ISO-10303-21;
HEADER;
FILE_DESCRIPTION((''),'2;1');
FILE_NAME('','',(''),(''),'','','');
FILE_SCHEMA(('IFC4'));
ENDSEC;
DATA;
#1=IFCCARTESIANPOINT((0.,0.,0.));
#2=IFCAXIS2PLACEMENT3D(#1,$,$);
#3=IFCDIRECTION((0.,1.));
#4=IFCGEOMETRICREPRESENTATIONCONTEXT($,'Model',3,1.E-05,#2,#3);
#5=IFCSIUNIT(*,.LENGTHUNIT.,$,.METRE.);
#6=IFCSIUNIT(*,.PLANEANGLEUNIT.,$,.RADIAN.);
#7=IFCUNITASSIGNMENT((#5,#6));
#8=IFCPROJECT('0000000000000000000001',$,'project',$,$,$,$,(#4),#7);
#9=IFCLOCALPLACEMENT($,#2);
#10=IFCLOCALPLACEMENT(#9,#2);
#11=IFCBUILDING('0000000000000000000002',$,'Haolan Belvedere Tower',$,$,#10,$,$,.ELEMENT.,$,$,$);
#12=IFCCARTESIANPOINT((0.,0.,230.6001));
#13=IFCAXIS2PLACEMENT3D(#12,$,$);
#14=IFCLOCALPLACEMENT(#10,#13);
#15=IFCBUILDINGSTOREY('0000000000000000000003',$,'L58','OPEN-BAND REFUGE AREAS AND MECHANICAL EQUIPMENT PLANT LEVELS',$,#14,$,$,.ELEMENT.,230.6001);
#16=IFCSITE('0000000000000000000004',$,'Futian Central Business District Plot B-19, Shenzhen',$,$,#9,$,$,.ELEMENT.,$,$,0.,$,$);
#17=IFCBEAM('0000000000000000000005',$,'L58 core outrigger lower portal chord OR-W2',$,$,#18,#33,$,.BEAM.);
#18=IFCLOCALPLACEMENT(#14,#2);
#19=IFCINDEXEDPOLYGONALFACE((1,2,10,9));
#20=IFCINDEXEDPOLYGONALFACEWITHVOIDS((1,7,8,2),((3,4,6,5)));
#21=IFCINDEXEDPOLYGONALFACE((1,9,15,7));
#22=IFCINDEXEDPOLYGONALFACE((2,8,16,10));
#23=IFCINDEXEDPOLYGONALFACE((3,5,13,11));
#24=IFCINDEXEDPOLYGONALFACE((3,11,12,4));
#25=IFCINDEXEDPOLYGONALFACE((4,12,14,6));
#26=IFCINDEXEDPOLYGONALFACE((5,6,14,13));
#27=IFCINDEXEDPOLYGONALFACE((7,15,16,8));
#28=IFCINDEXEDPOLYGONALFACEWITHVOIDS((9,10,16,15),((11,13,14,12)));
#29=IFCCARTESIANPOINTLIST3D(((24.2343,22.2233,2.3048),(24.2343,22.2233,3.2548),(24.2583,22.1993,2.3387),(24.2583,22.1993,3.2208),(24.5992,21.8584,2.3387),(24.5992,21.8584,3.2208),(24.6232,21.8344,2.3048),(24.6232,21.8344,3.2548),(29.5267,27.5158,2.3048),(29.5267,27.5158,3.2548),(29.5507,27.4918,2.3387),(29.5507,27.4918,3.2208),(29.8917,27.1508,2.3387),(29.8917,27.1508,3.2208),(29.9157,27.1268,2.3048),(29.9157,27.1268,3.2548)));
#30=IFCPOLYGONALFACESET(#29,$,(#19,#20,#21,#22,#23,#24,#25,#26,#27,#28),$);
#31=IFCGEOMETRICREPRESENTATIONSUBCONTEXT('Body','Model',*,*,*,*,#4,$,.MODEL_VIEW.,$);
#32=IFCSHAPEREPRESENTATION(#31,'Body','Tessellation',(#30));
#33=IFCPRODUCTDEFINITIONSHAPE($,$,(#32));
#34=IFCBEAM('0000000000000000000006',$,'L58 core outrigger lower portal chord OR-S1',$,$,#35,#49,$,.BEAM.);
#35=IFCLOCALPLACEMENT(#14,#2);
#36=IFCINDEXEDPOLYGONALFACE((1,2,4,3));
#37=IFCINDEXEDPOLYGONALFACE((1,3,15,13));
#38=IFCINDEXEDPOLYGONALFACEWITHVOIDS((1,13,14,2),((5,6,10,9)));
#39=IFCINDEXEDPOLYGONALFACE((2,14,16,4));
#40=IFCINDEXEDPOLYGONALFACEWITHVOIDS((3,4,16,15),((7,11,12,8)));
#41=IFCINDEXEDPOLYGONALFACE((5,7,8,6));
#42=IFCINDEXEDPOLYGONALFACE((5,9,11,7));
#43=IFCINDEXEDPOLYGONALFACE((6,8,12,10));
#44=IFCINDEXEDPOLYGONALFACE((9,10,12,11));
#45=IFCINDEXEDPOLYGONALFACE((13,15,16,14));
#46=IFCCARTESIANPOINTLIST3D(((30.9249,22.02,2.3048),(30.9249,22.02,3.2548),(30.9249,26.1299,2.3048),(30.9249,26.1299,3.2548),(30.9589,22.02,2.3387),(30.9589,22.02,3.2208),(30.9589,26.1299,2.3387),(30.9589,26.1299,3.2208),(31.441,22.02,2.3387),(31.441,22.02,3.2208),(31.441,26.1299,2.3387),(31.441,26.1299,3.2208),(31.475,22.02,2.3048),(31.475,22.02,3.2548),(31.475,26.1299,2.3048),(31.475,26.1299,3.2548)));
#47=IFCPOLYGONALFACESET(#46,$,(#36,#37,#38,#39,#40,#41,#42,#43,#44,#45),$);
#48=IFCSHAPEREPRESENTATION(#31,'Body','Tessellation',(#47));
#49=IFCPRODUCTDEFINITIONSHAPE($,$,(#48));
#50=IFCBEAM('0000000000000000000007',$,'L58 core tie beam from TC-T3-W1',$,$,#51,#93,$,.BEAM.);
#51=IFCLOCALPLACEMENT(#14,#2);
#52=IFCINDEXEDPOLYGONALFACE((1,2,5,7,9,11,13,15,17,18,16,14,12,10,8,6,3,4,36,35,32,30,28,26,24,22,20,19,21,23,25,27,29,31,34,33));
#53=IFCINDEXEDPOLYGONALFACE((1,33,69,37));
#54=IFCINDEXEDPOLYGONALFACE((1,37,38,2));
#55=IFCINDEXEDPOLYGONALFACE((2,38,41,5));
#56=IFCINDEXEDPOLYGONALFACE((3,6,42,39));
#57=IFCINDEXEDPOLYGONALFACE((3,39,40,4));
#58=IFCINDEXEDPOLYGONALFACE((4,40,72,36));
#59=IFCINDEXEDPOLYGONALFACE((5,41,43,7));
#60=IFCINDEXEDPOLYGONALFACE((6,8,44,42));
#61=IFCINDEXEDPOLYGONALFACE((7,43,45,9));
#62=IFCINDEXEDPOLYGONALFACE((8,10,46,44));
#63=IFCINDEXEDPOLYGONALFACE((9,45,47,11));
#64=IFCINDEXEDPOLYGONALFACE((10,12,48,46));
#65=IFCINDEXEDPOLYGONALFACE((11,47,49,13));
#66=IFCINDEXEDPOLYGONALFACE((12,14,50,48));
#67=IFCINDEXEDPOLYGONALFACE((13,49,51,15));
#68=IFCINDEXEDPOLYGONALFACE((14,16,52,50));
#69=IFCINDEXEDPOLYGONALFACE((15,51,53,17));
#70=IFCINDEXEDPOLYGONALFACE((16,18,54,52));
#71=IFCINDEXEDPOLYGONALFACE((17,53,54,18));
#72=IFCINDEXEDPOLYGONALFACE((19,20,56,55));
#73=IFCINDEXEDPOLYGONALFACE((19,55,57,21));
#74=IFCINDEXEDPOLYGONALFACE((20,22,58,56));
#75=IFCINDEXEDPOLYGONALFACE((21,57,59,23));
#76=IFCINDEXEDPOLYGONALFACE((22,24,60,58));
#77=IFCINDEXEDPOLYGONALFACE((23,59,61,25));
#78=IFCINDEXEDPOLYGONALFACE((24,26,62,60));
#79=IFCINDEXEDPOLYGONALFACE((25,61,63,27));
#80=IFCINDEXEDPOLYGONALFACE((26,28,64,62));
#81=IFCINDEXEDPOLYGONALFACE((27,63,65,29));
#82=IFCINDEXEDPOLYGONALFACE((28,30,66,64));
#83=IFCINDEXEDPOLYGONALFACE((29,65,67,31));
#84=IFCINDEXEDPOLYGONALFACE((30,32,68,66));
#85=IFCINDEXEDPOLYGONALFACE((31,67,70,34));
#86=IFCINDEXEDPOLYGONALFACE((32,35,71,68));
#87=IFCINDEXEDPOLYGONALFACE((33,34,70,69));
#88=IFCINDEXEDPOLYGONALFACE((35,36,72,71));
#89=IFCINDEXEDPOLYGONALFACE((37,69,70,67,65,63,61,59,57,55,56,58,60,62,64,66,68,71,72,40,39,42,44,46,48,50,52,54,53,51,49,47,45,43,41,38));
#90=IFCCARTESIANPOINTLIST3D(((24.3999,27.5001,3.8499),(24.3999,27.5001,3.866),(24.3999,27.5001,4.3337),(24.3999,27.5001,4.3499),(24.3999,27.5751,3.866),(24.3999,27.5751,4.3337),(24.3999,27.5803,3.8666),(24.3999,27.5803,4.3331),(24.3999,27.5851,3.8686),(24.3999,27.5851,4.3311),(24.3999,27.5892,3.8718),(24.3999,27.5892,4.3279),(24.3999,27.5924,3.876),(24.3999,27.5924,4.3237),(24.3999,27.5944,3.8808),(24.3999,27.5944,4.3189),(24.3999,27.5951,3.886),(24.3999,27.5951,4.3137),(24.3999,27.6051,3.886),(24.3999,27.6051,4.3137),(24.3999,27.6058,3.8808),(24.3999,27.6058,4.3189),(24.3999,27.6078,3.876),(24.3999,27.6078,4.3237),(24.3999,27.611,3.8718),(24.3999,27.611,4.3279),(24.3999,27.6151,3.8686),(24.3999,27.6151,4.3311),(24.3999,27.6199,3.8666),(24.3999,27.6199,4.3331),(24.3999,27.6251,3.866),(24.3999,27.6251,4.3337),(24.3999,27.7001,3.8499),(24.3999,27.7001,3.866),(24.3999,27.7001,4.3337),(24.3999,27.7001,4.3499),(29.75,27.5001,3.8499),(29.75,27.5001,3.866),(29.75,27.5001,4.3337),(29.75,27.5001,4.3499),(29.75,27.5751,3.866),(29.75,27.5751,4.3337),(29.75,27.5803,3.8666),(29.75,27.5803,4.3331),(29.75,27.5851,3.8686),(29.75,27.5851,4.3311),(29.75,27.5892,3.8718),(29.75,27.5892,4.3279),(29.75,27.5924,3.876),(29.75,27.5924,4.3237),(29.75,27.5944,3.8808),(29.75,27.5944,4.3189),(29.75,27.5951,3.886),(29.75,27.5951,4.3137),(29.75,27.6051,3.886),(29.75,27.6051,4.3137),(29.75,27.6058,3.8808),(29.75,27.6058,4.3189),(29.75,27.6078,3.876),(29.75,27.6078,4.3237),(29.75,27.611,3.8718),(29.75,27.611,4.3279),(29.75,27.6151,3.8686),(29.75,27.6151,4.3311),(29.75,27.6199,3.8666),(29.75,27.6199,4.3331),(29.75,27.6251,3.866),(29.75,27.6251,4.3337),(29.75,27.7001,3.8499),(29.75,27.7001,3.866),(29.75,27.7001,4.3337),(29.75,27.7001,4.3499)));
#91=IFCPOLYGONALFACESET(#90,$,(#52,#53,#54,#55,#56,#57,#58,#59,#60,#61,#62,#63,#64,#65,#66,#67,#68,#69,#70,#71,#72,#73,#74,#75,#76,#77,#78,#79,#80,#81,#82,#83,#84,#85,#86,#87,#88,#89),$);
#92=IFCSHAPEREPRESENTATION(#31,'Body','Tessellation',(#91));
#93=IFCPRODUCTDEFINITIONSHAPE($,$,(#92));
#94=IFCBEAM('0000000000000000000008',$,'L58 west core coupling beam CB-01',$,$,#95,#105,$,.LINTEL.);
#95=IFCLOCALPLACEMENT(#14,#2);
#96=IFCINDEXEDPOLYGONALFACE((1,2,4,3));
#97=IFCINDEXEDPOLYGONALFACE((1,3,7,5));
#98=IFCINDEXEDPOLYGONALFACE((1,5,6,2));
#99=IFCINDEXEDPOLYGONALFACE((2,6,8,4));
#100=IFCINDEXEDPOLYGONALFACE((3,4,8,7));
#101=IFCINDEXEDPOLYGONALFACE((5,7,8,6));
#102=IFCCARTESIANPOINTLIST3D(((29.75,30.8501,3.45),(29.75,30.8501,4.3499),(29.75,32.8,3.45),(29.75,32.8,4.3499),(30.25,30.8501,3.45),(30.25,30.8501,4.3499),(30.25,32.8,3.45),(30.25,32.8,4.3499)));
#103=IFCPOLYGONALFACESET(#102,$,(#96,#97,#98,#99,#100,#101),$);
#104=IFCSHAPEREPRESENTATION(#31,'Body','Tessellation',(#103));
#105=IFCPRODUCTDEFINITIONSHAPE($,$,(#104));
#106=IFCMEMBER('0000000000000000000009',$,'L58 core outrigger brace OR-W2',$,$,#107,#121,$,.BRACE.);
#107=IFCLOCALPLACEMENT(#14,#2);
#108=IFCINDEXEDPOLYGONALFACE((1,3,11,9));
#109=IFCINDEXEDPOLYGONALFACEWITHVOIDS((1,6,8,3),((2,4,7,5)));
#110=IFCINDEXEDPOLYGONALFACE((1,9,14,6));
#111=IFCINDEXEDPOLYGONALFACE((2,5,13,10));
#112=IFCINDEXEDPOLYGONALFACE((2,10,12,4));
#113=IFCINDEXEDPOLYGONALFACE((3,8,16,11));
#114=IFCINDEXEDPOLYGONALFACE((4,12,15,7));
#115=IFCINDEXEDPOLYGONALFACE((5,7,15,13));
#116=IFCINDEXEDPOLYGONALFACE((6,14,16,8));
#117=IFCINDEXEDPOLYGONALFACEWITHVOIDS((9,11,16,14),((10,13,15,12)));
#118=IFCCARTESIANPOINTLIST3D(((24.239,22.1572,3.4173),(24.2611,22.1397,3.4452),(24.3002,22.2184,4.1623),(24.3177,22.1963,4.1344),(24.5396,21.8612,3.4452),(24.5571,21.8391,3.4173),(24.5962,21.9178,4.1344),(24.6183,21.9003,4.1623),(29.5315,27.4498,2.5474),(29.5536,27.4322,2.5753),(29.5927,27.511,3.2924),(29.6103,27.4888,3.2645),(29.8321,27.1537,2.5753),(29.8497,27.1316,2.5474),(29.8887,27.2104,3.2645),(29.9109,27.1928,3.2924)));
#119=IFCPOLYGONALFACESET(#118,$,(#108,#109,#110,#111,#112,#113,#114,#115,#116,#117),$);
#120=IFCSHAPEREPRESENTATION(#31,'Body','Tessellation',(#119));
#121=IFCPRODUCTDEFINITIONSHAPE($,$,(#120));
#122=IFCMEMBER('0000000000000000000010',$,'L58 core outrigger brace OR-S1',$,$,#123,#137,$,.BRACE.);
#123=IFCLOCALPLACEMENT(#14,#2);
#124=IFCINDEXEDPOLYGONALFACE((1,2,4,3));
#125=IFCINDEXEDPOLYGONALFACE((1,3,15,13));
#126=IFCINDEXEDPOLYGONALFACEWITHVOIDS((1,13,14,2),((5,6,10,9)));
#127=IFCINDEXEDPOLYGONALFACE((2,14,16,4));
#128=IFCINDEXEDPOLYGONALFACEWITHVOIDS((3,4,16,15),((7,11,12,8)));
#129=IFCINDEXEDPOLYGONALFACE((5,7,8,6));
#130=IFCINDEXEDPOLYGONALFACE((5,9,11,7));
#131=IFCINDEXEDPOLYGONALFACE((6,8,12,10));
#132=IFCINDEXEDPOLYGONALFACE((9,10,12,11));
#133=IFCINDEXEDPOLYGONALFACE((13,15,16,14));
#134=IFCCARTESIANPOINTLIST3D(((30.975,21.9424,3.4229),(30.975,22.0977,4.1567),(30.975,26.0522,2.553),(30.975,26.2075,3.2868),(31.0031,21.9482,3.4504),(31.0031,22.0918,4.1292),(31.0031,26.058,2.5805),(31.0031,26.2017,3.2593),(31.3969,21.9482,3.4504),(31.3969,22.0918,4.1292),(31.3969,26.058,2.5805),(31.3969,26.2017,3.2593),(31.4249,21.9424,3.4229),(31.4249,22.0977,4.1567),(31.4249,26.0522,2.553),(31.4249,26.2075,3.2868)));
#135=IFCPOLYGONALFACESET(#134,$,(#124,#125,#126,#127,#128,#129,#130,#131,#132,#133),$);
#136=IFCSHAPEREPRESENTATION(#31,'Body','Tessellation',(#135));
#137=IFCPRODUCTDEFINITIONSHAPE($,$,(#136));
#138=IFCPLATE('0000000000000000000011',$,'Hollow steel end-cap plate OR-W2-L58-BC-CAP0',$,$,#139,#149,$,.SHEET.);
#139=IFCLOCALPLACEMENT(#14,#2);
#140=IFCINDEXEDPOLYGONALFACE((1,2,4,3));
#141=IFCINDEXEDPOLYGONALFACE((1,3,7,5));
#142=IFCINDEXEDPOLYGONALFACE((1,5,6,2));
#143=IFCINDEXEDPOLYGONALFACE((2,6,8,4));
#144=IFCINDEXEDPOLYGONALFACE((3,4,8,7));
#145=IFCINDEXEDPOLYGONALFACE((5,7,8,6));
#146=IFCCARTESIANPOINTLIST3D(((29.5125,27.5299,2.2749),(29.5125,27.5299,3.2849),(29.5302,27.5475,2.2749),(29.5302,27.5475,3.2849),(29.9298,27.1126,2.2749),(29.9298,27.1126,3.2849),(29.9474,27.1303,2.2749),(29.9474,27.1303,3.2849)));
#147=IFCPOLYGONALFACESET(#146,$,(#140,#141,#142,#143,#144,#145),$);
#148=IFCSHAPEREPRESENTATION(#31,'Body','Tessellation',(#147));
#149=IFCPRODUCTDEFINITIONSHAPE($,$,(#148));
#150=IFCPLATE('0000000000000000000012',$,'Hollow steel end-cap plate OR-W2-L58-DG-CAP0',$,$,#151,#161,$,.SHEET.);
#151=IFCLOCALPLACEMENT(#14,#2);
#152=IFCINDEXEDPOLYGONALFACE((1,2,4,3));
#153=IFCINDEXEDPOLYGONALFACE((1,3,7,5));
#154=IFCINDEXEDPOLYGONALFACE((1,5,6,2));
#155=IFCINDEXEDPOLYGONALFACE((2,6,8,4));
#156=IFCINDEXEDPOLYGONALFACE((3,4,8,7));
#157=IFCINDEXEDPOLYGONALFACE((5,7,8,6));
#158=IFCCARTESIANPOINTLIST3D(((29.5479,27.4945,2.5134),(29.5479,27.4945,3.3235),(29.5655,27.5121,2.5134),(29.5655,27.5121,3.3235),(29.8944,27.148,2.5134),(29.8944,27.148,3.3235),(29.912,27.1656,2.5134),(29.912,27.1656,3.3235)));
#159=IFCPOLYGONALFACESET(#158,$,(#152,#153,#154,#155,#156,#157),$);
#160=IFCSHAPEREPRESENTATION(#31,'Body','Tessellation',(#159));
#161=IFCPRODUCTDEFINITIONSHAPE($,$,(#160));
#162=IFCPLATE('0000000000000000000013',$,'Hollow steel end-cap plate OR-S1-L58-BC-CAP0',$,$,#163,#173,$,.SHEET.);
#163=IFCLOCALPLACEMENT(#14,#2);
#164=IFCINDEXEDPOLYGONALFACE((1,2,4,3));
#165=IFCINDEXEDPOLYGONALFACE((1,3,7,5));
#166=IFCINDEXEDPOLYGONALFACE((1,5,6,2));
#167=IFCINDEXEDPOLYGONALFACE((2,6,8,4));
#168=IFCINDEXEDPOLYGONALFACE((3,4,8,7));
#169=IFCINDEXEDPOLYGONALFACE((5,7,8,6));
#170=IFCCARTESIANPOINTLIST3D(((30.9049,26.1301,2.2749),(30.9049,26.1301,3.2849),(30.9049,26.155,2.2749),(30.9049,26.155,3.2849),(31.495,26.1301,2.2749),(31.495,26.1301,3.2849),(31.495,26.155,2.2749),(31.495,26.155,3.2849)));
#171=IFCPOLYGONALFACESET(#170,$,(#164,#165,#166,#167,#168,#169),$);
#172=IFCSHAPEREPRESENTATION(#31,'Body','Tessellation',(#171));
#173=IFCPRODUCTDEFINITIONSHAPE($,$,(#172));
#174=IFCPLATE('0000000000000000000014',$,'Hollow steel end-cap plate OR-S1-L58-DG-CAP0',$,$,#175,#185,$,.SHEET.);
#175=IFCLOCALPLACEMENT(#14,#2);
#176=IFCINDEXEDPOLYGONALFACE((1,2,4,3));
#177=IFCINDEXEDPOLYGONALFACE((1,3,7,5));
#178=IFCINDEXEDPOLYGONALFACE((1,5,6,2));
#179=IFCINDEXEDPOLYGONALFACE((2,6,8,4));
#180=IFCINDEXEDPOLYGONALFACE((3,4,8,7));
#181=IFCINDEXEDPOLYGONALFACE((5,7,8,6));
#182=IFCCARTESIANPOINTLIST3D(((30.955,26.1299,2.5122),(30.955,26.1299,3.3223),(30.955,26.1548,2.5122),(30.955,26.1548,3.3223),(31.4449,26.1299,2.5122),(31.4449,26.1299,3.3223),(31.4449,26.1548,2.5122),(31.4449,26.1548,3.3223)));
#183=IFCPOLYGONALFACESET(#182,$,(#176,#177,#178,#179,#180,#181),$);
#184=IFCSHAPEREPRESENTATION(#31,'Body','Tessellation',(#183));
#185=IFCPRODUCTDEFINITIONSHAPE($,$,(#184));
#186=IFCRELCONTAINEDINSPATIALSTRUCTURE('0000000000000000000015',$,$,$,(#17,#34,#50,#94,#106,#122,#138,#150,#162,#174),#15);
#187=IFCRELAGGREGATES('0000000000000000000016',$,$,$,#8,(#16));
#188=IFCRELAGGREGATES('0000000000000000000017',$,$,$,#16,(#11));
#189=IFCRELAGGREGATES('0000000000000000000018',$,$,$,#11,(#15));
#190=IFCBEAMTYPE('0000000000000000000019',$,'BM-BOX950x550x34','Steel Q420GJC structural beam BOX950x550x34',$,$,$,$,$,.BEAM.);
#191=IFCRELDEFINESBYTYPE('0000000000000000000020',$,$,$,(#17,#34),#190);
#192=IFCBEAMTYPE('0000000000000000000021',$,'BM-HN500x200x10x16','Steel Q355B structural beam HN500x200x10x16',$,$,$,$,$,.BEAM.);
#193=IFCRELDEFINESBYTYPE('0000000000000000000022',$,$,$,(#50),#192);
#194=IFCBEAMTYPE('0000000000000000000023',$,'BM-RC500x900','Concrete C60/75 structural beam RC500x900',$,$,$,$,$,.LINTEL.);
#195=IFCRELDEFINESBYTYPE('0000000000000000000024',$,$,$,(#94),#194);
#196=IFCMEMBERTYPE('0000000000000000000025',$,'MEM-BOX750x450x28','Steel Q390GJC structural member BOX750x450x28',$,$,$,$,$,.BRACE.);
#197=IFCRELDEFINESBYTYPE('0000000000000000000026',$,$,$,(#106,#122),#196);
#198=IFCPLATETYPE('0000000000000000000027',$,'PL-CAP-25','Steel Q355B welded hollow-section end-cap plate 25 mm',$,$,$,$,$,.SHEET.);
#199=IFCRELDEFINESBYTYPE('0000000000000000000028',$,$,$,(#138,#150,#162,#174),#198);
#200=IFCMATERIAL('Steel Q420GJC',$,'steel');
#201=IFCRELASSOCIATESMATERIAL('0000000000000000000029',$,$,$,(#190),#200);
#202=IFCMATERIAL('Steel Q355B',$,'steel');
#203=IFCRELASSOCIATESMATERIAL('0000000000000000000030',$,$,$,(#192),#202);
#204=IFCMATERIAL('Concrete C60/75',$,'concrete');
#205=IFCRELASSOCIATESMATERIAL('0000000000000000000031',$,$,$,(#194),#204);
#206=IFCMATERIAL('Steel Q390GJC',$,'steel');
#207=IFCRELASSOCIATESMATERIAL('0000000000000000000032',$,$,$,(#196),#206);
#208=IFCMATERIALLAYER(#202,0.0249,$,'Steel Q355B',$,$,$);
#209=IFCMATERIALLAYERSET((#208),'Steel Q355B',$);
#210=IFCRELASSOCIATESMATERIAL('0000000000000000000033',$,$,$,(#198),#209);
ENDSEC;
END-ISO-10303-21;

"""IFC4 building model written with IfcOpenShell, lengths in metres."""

from ifc_helpers import new_model, si_unit, direction, frame, origin, origin_2d, place, context, subcontext, project, spatial, rectangle, hollow_rectangle, i_section, extrude, material, layer, layer_set, material_profile, profile_set, type_object, element, save


model = new_model("IFC4")

# Units and contexts
model_context = context("Model", 3, precision=1e-05, world=origin(), true_north=direction((0.0, 1.0)))
body_context = subcontext(model_context, "Body", "Model", "MODEL_VIEW")
ifc_project = project(units=[si_unit("LENGTHUNIT", "METRE"), si_unit("PLANEANGLEUNIT", "RADIAN")], contexts=[model_context])

# Site, building, storey
site_placement = place(None, origin())
site = spatial("IfcSite", under=ifc_project, at=site_placement, Name="Futian Central Business District Plot B-19, Shenzhen", CompositionType="ELEMENT", RefElevation=0.0)
building_placement = place(site_placement, origin())
building = spatial("IfcBuilding", under=site, at=building_placement, Name="Haolan Belvedere Tower", CompositionType="ELEMENT")
storey_placement = place(building_placement, frame((0.0, 0.0, 230.6001)))
storey = spatial("IfcBuildingStorey", under=building, at=storey_placement, Name="L58", Description="OPEN-BAND REFUGE AREAS AND MECHANICAL EQUIPMENT PLANT LEVELS", CompositionType="ELEMENT", Elevation=230.6001)

# Beams
ifc_material_1 = material(Name="Steel Q420GJC", Category="steel")
ifc_material_profile_1 = material_profile(ifc_material_1, hollow_rectangle(XDim=0.55, YDim=0.95, WallThickness=0.0339, at=origin_2d()), Name="Steel Q420GJC")
ifc_profile_set_1 = profile_set([ifc_material_profile_1], Name="Steel Q420GJC")
beam_type_1 = type_object("IfcBeamType", Name="BM-BOX950x550x34", Description="Steel Q420GJC structural beam BOX950x550x34", PredefinedType="BEAM", material=ifc_profile_set_1)
beam_1_placement = place(storey_placement, frame((29.7212, 27.3213, 2.7798), z_axis=(-0.707107, -0.707107, 0.0), x_axis=(0.707107, -0.707107, 0.0)))
element("IfcBeam", 1, at=beam_1_placement, inside=storey, type_object=beam_type_1, Name="L58 core outrigger lower portal chord OR-W2", PredefinedType="BEAM", context=body_context, shape_type="SweptSolid", body=[
    extrude(hollow_rectangle(XDim=0.55, YDim=0.95, WallThickness=0.0339, at=origin_2d()), origin(), (0.0, 0.0, 1.0), 7.4846),
])
beam_2_placement = place(storey_placement, frame((31.2, 26.1299, 2.7798), z_axis=(0.0, -1.0, 0.0), x_axis=(1.0, 0.0, 0.0)))
element("IfcBeam", 2, at=beam_2_placement, inside=storey, type_object=beam_type_1, Name="L58 core outrigger lower portal chord OR-S1", PredefinedType="BEAM", context=body_context, shape_type="SweptSolid", body=[
    extrude(hollow_rectangle(XDim=0.55, YDim=0.95, WallThickness=0.0339, at=origin_2d()), origin(), (0.0, 0.0, 1.0), 4.1099),
])
ifc_material_2 = material(Name="Steel Q355B", Category="steel")
ifc_material_profile_2 = material_profile(ifc_material_2, i_section(OverallWidth=0.2, OverallDepth=0.5, WebThickness=0.01, FlangeThickness=0.0161, FilletRadius=0.02, at=origin_2d()), Name="Steel Q355B")
ifc_profile_set_2 = profile_set([ifc_material_profile_2], Name="Steel Q355B")
beam_type_2 = type_object("IfcBeamType", Name="BM-HN500x200x10x16", Description="Steel Q355B structural beam HN500x200x10x16", PredefinedType="BEAM", material=ifc_profile_set_2)
beam_3_placement = place(storey_placement, frame((24.3999, 27.6001, 4.0999), z_axis=(1.0, 0.0, 0.0), x_axis=(0.0, 1.0, 0.0)))
element("IfcBeam", 3, at=beam_3_placement, inside=storey, type_object=beam_type_2, Name="L58 core tie beam from TC-T3-W1", PredefinedType="BEAM", context=body_context, shape_type="SweptSolid", body=[
    extrude(i_section(OverallWidth=0.2, OverallDepth=0.5, WebThickness=0.01, FlangeThickness=0.0161, FilletRadius=0.02, at=origin_2d()), origin(), (0.0, 0.0, 1.0), 5.3501),
])
ifc_material_3 = material(Name="Concrete C60/75", Category="concrete")
ifc_material_profile_3 = material_profile(ifc_material_3, rectangle(XDim=0.5, YDim=0.8999, at=origin_2d()), Name="Concrete C60/75")
ifc_profile_set_3 = profile_set([ifc_material_profile_3], Name="Concrete C60/75")
beam_type_3 = type_object("IfcBeamType", Name="BM-RC500x900", Description="Concrete C60/75 structural beam RC500x900", PredefinedType="LINTEL", material=ifc_profile_set_3)
beam_4_placement = place(storey_placement, frame((30.0, 30.8501, 3.8999), z_axis=(0.0, 1.0, 0.0), x_axis=(-1.0, 0.0, 0.0)))
element("IfcBeam", 4, at=beam_4_placement, inside=storey, type_object=beam_type_3, Name="L58 west core coupling beam CB-01", PredefinedType="LINTEL", context=body_context, shape_type="SweptSolid", body=[
    extrude(rectangle(XDim=0.5, YDim=0.8999, at=origin_2d()), origin(), (0.0, 0.0, 1.0), 1.95),
])

# Members
ifc_material_4 = material(Name="Steel Q390GJC", Category="steel")
ifc_material_profile_4 = material_profile(ifc_material_4, hollow_rectangle(XDim=0.45, YDim=0.75, WallThickness=0.0281, at=origin_2d()), Name="Steel Q390GJC")
ifc_profile_set_4 = profile_set([ifc_material_profile_4], Name="Steel Q390GJC")
member_type = type_object("IfcMemberType", Name="MEM-BOX750x450x28", Description="Steel Q390GJC structural member BOX750x450x28", PredefinedType="BRACE", material=ifc_profile_set_4)
member_1_placement = place(storey_placement, frame((29.7212, 27.3213, 2.9199), z_axis=(-0.702379, -0.702379, 0.115443), x_axis=(0.707107, -0.707107, 0.0)))
element("IfcMember", 5, at=member_1_placement, inside=storey, type_object=member_type, Name="L58 core outrigger brace OR-W2", PredefinedType="BRACE", context=body_context, shape_type="SweptSolid", body=[
    extrude(hollow_rectangle(XDim=0.45, YDim=0.75, WallThickness=0.0281, at=origin_2d()), origin(), (0.0, 0.0, 1.0), 7.5352),
])
member_2_placement = place(storey_placement, frame((31.2, 26.1299, 2.9199), z_axis=(0.0, -0.978327, 0.207068), x_axis=(1.0, 0.0, 0.0)))
element("IfcMember", 6, at=member_2_placement, inside=storey, type_object=member_type, Name="L58 core outrigger brace OR-S1", PredefinedType="BRACE", context=body_context, shape_type="SweptSolid", body=[
    extrude(hollow_rectangle(XDim=0.45, YDim=0.75, WallThickness=0.0281, at=origin_2d()), origin(), (0.0, 0.0, 1.0), 4.2009),
])

# Plates
ifc_layer_1 = layer(ifc_material_2, 0.0249, Name="Steel Q355B")
ifc_layer_set_1 = layer_set([ifc_layer_1], Name="Steel Q355B")
plate_type_1 = type_object("IfcPlateType", Name="PL-CAP-25", Description="Steel Q355B welded hollow-section end-cap plate 25 mm", PredefinedType="SHEET", material=ifc_layer_set_1)
plate_1_placement = place(storey_placement, frame((29.73, 27.3301, 2.2749), z_axis=(0.0, 0.0, 1.0), x_axis=(-0.707107, 0.707107, 0.0)))
element("IfcPlate", 7, at=plate_1_placement, inside=storey, type_object=plate_type_1, Name="Hollow steel end-cap plate OR-W2-L58-BC-CAP0", PredefinedType="SHEET", context=body_context, shape_type="SweptSolid", body=[
    extrude(rectangle(XDim=0.5901, YDim=0.0249, at=origin_2d()), origin(), (0.0, 0.0, 1.0), 1.01),
])
plate_2_placement = place(storey_placement, frame((29.73, 27.3301, 2.5134), z_axis=(0.0, 0.0, 1.0), x_axis=(-0.707107, 0.707107, 0.0)))
element("IfcPlate", 8, at=plate_2_placement, inside=storey, type_object=plate_type_1, Name="Hollow steel end-cap plate OR-W2-L58-DG-CAP0", PredefinedType="SHEET", context=body_context, shape_type="SweptSolid", body=[
    extrude(rectangle(XDim=0.49, YDim=0.0249, at=origin_2d()), origin(), (0.0, 0.0, 1.0), 0.8101),
])
plate_3_placement = place(storey_placement, frame((31.2, 26.1426, 2.2749), z_axis=(0.0, 0.0, 1.0), x_axis=(-1.0, 0.0, 0.0)))
element("IfcPlate", 9, at=plate_3_placement, inside=storey, type_object=plate_type_1, Name="Hollow steel end-cap plate OR-S1-L58-BC-CAP0", PredefinedType="SHEET", context=body_context, shape_type="SweptSolid", body=[
    extrude(rectangle(XDim=0.5901, YDim=0.0249, at=origin_2d()), origin(), (0.0, 0.0, 1.0), 1.01),
])
plate_4_placement = place(storey_placement, frame((31.2, 26.1423, 2.5122), z_axis=(0.0, 0.0, 1.0), x_axis=(-1.0, 0.0, 0.0)))
element("IfcPlate", 10, at=plate_4_placement, inside=storey, type_object=plate_type_1, Name="Hollow steel end-cap plate OR-S1-L58-DG-CAP0", PredefinedType="SHEET", context=body_context, shape_type="SweptSolid", body=[
    extrude(rectangle(XDim=0.49, YDim=0.0249, at=origin_2d()), origin(), (0.0, 0.0, 1.0), 0.8101),
])

save(model, "model.ifc")
